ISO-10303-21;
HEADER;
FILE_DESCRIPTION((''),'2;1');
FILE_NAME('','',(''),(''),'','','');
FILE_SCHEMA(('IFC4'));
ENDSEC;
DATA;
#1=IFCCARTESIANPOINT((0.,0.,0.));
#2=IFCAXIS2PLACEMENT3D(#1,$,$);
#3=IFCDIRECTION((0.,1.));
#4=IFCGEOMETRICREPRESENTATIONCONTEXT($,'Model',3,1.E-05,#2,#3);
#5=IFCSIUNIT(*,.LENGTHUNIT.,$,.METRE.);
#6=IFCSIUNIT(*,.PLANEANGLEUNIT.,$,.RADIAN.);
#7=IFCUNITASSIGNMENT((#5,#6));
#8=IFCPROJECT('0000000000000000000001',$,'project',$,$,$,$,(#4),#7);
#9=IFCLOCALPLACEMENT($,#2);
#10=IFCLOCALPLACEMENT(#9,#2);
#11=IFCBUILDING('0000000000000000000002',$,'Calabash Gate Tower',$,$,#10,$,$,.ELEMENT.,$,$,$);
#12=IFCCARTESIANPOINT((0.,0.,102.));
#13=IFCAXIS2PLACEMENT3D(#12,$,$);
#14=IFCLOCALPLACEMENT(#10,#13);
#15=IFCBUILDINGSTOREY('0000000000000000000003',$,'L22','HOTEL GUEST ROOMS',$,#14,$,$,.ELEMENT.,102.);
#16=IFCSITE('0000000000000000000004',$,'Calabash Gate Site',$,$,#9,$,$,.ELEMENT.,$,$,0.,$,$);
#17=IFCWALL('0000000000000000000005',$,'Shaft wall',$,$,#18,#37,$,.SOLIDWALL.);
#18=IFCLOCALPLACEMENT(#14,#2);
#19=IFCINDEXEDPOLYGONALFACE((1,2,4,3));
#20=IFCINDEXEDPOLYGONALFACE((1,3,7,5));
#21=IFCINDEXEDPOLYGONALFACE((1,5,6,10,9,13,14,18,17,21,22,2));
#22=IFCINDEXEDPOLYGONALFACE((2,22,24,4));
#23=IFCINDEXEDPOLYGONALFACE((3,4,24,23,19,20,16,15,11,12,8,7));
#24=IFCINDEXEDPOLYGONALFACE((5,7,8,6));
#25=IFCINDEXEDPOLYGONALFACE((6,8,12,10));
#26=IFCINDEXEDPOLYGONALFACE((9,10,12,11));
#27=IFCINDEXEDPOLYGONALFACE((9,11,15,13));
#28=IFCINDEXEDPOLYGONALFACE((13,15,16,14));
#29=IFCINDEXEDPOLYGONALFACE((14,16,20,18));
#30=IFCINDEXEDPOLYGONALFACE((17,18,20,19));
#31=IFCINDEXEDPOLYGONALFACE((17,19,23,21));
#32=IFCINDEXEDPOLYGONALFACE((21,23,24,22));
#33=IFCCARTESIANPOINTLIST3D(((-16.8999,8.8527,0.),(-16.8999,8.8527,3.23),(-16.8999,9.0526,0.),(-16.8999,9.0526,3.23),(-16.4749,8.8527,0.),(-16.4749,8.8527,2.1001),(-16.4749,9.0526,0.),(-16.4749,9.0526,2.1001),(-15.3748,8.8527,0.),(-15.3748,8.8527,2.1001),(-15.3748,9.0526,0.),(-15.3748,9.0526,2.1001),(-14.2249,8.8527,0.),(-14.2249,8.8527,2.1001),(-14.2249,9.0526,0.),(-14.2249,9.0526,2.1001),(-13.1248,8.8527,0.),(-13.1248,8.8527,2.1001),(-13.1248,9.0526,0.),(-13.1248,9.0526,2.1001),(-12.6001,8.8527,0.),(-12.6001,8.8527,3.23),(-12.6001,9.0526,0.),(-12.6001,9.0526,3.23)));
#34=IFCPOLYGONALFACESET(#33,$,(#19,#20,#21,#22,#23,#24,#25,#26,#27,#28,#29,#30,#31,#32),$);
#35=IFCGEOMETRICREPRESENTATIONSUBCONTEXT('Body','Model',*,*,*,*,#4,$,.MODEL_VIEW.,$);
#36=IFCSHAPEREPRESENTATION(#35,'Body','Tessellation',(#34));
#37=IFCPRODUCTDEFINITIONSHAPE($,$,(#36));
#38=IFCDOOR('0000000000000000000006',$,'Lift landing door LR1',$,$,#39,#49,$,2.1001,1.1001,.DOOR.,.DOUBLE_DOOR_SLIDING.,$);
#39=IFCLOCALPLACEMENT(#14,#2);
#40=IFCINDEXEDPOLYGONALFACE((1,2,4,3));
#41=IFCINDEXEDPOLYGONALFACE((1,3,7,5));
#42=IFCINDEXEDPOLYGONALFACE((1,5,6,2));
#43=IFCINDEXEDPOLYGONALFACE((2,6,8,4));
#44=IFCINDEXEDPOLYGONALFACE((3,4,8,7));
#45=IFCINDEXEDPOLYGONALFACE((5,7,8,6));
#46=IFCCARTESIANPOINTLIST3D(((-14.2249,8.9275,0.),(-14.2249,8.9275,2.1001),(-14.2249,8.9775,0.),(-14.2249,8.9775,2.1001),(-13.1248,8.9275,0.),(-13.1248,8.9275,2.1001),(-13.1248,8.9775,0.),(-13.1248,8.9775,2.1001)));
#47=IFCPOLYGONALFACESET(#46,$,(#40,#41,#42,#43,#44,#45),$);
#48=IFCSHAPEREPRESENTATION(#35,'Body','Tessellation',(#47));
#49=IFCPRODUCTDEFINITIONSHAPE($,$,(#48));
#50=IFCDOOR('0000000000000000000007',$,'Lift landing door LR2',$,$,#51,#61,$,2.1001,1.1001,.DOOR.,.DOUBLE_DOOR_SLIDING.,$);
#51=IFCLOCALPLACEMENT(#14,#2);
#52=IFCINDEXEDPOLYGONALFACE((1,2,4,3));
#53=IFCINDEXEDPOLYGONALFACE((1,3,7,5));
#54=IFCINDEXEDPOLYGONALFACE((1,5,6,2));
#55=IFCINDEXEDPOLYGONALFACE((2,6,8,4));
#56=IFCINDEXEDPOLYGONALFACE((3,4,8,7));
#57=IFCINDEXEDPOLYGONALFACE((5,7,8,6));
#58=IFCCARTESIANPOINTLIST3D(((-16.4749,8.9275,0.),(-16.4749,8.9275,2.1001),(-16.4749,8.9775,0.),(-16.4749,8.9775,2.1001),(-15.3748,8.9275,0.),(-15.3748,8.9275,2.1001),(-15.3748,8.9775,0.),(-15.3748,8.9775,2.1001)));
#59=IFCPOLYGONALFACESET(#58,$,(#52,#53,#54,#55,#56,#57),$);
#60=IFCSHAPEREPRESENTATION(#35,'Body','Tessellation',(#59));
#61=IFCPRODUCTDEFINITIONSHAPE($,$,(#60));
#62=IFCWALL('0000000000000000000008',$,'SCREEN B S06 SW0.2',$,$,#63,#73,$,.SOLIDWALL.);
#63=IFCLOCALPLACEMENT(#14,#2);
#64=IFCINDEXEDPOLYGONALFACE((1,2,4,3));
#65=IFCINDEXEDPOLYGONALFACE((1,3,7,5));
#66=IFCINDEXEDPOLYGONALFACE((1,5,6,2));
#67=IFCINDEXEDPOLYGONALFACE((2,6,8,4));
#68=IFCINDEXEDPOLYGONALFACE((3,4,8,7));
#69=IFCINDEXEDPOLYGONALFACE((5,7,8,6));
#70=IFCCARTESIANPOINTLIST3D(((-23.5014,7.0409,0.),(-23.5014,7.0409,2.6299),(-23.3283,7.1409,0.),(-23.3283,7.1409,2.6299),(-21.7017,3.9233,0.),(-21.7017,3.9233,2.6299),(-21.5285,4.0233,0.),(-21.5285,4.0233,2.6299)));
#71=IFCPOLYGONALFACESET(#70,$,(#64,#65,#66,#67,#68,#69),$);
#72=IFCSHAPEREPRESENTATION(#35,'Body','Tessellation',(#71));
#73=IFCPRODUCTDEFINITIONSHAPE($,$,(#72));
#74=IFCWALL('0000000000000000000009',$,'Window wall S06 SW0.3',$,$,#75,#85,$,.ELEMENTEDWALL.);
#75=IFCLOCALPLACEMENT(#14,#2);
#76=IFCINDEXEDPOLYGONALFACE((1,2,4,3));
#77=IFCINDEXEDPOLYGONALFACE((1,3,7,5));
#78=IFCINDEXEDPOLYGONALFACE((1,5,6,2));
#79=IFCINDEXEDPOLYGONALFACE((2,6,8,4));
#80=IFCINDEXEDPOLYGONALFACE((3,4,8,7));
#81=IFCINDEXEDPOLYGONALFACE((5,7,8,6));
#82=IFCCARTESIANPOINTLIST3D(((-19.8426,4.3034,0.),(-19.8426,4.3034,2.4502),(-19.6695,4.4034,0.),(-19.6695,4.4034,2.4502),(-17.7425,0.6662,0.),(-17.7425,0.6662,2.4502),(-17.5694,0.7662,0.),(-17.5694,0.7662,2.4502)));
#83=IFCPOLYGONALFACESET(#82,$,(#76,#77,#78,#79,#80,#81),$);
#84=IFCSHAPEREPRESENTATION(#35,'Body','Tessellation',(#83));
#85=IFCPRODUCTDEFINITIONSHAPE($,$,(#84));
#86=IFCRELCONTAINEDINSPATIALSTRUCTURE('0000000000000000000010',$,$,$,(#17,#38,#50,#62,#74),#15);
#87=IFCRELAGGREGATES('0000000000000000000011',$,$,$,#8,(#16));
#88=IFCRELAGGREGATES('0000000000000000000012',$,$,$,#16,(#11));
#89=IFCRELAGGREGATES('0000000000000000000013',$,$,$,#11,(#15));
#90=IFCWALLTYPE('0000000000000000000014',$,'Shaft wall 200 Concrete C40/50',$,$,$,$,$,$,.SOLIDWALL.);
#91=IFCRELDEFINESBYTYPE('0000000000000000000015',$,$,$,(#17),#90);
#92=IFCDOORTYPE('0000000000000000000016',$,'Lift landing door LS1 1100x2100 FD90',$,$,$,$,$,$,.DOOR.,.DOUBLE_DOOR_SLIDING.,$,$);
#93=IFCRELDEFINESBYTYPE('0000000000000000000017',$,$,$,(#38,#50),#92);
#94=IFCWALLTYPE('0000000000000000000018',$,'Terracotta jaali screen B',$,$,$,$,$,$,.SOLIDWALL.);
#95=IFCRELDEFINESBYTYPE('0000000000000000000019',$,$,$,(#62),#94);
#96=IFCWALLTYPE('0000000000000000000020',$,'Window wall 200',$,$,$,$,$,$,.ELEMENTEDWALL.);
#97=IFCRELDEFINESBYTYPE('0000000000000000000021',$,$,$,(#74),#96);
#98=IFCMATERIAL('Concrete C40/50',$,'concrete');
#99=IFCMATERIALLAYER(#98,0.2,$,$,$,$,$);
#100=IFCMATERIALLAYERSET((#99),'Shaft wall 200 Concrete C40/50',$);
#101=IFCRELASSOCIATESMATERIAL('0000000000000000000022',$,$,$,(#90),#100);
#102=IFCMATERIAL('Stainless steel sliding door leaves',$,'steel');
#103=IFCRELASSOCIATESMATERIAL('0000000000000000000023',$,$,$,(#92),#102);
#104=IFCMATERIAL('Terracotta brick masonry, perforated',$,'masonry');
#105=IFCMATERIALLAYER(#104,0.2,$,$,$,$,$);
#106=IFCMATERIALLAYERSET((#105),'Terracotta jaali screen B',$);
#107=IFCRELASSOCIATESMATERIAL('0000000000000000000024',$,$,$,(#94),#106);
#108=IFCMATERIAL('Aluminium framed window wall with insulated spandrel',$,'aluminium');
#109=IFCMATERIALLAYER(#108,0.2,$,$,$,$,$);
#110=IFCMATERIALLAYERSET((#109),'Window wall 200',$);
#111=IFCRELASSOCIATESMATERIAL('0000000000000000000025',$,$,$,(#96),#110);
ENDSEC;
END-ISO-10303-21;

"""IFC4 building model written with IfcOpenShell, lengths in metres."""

from ifc_helpers import new_model, si_unit, direction, frame, frame_2d, origin, place, context, subcontext, project, spatial, rectangle, extrude, material, layer, layer_set, type_object, element, fill, save


model = new_model("IFC4")

# Units and contexts
model_context = context("Model", 3, precision=1e-05, world=origin(), true_north=direction((0.0, 1.0)))
body_context = subcontext(model_context, "Body", "Model", "MODEL_VIEW")
ifc_project = project(units=[si_unit("LENGTHUNIT", "METRE"), si_unit("PLANEANGLEUNIT", "RADIAN")], contexts=[model_context])

# Site, building, storey
site_placement = place(None, origin())
site = spatial("IfcSite", under=ifc_project, at=site_placement, Name="Calabash Gate Site", CompositionType="ELEMENT", RefElevation=0.0)
building_placement = place(site_placement, origin())
building = spatial("IfcBuilding", under=site, at=building_placement, Name="Calabash Gate Tower", CompositionType="ELEMENT")
storey_placement = place(building_placement, frame((0.0, 0.0, 102.0)))
storey = spatial("IfcBuildingStorey", under=building, at=storey_placement, Name="L22", Description="HOTEL GUEST ROOMS", CompositionType="ELEMENT", Elevation=102.0)

# Shared definitions
ifc_material_1 = material(Name="Concrete C40/50", Category="concrete")
ifc_layer_1 = layer(ifc_material_1, 0.2)
ifc_layer_set_1 = layer_set([ifc_layer_1], Name="Shaft wall 200 Concrete C40/50")
wall_type_1 = type_object("IfcWallType", Name="Shaft wall 200 Concrete C40/50", PredefinedType="SOLIDWALL", material=ifc_layer_set_1)

# Wall, openings, doors
wall_1_placement = place(storey_placement, frame((-16.8999, 8.9526, 0.0), z_axis=(0.0, 0.0, 1.0), x_axis=(1.0, 0.0, 0.0)))
wall_1 = element("IfcWall", 1, at=wall_1_placement, inside=storey, type_object=wall_type_1, Name="Shaft wall", PredefinedType="SOLIDWALL", context=body_context, shape_type="SweptSolid", body=[
    extrude(rectangle(XDim=4.2998, YDim=0.2, at=frame_2d((2.1499, 0.0))), origin(), (0.0, 0.0, 1.0), 3.23),
])
opening_1_placement = place(wall_1_placement, frame((2.675, 0.0, 0.0)))
opening_1 = element("IfcOpeningElement", 2, at=opening_1_placement, cuts=wall_1, PredefinedType="OPENING", context=body_context, shape_type="SweptSolid", body=[
    extrude(rectangle(XDim=1.1001, YDim=2.1001, at=frame_2d((0.55, 1.05))), frame((0.0, 0.1099, 0.0), z_axis=(0.0, -1.0, 0.0), x_axis=(1.0, 0.0, 0.0)), (0.0, 0.0, 1.0), 0.22),
])
opening_2_placement = place(wall_1_placement, frame((0.425, 0.0, 0.0)))
opening_2 = element("IfcOpeningElement", 3, at=opening_2_placement, cuts=wall_1, PredefinedType="OPENING", context=body_context, shape_type="SweptSolid", body=[
    extrude(rectangle(XDim=1.1001, YDim=2.1001, at=frame_2d((0.55, 1.05))), frame((0.0, 0.1099, 0.0), z_axis=(0.0, -1.0, 0.0), x_axis=(1.0, 0.0, 0.0)), (0.0, 0.0, 1.0), 0.22),
])
ifc_material_2 = material(Name="Stainless steel sliding door leaves", Category="steel")
door_type_1 = type_object("IfcDoorType", Name="Lift landing door LS1 1100x2100 FD90", OperationType="DOUBLE_DOOR_SLIDING", PredefinedType="DOOR", material=ifc_material_2)
door_1_placement = place(opening_1_placement, origin())
door_1 = element("IfcDoor", 4, at=door_1_placement, inside=storey, type_object=door_type_1, Name="Lift landing door LR1", OperationType="DOUBLE_DOOR_SLIDING", OverallHeight=2.1001, OverallWidth=1.1001, PredefinedType="DOOR", context=body_context, shape_type="SweptSolid", body=[
    extrude(rectangle(XDim=1.1001, YDim=2.1001, at=frame_2d((0.55, 1.05))), frame((0.0, 0.0249, 0.0), z_axis=(0.0, -1.0, 0.0), x_axis=(1.0, 0.0, 0.0)), (0.0, 0.0, 1.0), 0.05),
])
fill(opening_1, door_1)
door_2_placement = place(opening_2_placement, origin())
door_2 = element("IfcDoor", 5, at=door_2_placement, inside=storey, type_object=door_type_1, Name="Lift landing door LR2", OperationType="DOUBLE_DOOR_SLIDING", OverallHeight=2.1001, OverallWidth=1.1001, PredefinedType="DOOR", context=body_context, shape_type="SweptSolid", body=[
    extrude(rectangle(XDim=1.1001, YDim=2.1001, at=frame_2d((0.55, 1.05))), frame((0.0, 0.0249, 0.0), z_axis=(0.0, -1.0, 0.0), x_axis=(1.0, 0.0, 0.0)), (0.0, 0.0, 1.0), 0.05),
])
fill(opening_2, door_2)

# Wall
ifc_material_3 = material(Name="Terracotta brick masonry, perforated", Category="masonry")
ifc_layer_2 = layer(ifc_material_3, 0.2)
ifc_layer_set_2 = layer_set([ifc_layer_2], Name="Terracotta jaali screen B")
wall_type_2 = type_object("IfcWallType", Name="Terracotta jaali screen B", PredefinedType="SOLIDWALL", material=ifc_layer_set_2)
wall_2_placement = place(storey_placement, frame((-23.4148, 7.0908, 0.0), z_axis=(0.0, 0.0, 1.0), x_axis=(0.499961, -0.866048, 0.0)))
element("IfcWall", 6, at=wall_2_placement, inside=storey, type_object=wall_type_2, Name="SCREEN B S06 SW0.2", PredefinedType="SOLIDWALL", context=body_context, shape_type="SweptSolid", body=[
    extrude(rectangle(XDim=3.5999, YDim=0.2, at=frame_2d((1.7998, 0.0))), origin(), (0.0, 0.0, 1.0), 2.6299),
])

# Shared definitions
ifc_material_4 = material(Name="Aluminium framed window wall with insulated spandrel", Category="aluminium")
ifc_layer_3 = layer(ifc_material_4, 0.2)
ifc_layer_set_3 = layer_set([ifc_layer_3], Name="Window wall 200")
wall_type_3 = type_object("IfcWallType", Name="Window wall 200", PredefinedType="ELEMENTEDWALL", material=ifc_layer_set_3)

# Wall
wall_3_placement = place(storey_placement, frame((-19.7561, 4.3535, 0.0), z_axis=(0.0, 0.0, 1.0), x_axis=(0.500028, -0.866009, 0.0)))
element("IfcWall", 7, at=wall_3_placement, inside=storey, type_object=wall_type_3, Name="Window wall S06 SW0.3", PredefinedType="ELEMENTEDWALL", context=body_context, shape_type="SweptSolid", body=[
    extrude(rectangle(XDim=4.2, YDim=0.2, at=frame_2d((2.1001, 0.0))), origin(), (0.0, 0.0, 1.0), 2.4502),
])

save(model, "model.ifc")
